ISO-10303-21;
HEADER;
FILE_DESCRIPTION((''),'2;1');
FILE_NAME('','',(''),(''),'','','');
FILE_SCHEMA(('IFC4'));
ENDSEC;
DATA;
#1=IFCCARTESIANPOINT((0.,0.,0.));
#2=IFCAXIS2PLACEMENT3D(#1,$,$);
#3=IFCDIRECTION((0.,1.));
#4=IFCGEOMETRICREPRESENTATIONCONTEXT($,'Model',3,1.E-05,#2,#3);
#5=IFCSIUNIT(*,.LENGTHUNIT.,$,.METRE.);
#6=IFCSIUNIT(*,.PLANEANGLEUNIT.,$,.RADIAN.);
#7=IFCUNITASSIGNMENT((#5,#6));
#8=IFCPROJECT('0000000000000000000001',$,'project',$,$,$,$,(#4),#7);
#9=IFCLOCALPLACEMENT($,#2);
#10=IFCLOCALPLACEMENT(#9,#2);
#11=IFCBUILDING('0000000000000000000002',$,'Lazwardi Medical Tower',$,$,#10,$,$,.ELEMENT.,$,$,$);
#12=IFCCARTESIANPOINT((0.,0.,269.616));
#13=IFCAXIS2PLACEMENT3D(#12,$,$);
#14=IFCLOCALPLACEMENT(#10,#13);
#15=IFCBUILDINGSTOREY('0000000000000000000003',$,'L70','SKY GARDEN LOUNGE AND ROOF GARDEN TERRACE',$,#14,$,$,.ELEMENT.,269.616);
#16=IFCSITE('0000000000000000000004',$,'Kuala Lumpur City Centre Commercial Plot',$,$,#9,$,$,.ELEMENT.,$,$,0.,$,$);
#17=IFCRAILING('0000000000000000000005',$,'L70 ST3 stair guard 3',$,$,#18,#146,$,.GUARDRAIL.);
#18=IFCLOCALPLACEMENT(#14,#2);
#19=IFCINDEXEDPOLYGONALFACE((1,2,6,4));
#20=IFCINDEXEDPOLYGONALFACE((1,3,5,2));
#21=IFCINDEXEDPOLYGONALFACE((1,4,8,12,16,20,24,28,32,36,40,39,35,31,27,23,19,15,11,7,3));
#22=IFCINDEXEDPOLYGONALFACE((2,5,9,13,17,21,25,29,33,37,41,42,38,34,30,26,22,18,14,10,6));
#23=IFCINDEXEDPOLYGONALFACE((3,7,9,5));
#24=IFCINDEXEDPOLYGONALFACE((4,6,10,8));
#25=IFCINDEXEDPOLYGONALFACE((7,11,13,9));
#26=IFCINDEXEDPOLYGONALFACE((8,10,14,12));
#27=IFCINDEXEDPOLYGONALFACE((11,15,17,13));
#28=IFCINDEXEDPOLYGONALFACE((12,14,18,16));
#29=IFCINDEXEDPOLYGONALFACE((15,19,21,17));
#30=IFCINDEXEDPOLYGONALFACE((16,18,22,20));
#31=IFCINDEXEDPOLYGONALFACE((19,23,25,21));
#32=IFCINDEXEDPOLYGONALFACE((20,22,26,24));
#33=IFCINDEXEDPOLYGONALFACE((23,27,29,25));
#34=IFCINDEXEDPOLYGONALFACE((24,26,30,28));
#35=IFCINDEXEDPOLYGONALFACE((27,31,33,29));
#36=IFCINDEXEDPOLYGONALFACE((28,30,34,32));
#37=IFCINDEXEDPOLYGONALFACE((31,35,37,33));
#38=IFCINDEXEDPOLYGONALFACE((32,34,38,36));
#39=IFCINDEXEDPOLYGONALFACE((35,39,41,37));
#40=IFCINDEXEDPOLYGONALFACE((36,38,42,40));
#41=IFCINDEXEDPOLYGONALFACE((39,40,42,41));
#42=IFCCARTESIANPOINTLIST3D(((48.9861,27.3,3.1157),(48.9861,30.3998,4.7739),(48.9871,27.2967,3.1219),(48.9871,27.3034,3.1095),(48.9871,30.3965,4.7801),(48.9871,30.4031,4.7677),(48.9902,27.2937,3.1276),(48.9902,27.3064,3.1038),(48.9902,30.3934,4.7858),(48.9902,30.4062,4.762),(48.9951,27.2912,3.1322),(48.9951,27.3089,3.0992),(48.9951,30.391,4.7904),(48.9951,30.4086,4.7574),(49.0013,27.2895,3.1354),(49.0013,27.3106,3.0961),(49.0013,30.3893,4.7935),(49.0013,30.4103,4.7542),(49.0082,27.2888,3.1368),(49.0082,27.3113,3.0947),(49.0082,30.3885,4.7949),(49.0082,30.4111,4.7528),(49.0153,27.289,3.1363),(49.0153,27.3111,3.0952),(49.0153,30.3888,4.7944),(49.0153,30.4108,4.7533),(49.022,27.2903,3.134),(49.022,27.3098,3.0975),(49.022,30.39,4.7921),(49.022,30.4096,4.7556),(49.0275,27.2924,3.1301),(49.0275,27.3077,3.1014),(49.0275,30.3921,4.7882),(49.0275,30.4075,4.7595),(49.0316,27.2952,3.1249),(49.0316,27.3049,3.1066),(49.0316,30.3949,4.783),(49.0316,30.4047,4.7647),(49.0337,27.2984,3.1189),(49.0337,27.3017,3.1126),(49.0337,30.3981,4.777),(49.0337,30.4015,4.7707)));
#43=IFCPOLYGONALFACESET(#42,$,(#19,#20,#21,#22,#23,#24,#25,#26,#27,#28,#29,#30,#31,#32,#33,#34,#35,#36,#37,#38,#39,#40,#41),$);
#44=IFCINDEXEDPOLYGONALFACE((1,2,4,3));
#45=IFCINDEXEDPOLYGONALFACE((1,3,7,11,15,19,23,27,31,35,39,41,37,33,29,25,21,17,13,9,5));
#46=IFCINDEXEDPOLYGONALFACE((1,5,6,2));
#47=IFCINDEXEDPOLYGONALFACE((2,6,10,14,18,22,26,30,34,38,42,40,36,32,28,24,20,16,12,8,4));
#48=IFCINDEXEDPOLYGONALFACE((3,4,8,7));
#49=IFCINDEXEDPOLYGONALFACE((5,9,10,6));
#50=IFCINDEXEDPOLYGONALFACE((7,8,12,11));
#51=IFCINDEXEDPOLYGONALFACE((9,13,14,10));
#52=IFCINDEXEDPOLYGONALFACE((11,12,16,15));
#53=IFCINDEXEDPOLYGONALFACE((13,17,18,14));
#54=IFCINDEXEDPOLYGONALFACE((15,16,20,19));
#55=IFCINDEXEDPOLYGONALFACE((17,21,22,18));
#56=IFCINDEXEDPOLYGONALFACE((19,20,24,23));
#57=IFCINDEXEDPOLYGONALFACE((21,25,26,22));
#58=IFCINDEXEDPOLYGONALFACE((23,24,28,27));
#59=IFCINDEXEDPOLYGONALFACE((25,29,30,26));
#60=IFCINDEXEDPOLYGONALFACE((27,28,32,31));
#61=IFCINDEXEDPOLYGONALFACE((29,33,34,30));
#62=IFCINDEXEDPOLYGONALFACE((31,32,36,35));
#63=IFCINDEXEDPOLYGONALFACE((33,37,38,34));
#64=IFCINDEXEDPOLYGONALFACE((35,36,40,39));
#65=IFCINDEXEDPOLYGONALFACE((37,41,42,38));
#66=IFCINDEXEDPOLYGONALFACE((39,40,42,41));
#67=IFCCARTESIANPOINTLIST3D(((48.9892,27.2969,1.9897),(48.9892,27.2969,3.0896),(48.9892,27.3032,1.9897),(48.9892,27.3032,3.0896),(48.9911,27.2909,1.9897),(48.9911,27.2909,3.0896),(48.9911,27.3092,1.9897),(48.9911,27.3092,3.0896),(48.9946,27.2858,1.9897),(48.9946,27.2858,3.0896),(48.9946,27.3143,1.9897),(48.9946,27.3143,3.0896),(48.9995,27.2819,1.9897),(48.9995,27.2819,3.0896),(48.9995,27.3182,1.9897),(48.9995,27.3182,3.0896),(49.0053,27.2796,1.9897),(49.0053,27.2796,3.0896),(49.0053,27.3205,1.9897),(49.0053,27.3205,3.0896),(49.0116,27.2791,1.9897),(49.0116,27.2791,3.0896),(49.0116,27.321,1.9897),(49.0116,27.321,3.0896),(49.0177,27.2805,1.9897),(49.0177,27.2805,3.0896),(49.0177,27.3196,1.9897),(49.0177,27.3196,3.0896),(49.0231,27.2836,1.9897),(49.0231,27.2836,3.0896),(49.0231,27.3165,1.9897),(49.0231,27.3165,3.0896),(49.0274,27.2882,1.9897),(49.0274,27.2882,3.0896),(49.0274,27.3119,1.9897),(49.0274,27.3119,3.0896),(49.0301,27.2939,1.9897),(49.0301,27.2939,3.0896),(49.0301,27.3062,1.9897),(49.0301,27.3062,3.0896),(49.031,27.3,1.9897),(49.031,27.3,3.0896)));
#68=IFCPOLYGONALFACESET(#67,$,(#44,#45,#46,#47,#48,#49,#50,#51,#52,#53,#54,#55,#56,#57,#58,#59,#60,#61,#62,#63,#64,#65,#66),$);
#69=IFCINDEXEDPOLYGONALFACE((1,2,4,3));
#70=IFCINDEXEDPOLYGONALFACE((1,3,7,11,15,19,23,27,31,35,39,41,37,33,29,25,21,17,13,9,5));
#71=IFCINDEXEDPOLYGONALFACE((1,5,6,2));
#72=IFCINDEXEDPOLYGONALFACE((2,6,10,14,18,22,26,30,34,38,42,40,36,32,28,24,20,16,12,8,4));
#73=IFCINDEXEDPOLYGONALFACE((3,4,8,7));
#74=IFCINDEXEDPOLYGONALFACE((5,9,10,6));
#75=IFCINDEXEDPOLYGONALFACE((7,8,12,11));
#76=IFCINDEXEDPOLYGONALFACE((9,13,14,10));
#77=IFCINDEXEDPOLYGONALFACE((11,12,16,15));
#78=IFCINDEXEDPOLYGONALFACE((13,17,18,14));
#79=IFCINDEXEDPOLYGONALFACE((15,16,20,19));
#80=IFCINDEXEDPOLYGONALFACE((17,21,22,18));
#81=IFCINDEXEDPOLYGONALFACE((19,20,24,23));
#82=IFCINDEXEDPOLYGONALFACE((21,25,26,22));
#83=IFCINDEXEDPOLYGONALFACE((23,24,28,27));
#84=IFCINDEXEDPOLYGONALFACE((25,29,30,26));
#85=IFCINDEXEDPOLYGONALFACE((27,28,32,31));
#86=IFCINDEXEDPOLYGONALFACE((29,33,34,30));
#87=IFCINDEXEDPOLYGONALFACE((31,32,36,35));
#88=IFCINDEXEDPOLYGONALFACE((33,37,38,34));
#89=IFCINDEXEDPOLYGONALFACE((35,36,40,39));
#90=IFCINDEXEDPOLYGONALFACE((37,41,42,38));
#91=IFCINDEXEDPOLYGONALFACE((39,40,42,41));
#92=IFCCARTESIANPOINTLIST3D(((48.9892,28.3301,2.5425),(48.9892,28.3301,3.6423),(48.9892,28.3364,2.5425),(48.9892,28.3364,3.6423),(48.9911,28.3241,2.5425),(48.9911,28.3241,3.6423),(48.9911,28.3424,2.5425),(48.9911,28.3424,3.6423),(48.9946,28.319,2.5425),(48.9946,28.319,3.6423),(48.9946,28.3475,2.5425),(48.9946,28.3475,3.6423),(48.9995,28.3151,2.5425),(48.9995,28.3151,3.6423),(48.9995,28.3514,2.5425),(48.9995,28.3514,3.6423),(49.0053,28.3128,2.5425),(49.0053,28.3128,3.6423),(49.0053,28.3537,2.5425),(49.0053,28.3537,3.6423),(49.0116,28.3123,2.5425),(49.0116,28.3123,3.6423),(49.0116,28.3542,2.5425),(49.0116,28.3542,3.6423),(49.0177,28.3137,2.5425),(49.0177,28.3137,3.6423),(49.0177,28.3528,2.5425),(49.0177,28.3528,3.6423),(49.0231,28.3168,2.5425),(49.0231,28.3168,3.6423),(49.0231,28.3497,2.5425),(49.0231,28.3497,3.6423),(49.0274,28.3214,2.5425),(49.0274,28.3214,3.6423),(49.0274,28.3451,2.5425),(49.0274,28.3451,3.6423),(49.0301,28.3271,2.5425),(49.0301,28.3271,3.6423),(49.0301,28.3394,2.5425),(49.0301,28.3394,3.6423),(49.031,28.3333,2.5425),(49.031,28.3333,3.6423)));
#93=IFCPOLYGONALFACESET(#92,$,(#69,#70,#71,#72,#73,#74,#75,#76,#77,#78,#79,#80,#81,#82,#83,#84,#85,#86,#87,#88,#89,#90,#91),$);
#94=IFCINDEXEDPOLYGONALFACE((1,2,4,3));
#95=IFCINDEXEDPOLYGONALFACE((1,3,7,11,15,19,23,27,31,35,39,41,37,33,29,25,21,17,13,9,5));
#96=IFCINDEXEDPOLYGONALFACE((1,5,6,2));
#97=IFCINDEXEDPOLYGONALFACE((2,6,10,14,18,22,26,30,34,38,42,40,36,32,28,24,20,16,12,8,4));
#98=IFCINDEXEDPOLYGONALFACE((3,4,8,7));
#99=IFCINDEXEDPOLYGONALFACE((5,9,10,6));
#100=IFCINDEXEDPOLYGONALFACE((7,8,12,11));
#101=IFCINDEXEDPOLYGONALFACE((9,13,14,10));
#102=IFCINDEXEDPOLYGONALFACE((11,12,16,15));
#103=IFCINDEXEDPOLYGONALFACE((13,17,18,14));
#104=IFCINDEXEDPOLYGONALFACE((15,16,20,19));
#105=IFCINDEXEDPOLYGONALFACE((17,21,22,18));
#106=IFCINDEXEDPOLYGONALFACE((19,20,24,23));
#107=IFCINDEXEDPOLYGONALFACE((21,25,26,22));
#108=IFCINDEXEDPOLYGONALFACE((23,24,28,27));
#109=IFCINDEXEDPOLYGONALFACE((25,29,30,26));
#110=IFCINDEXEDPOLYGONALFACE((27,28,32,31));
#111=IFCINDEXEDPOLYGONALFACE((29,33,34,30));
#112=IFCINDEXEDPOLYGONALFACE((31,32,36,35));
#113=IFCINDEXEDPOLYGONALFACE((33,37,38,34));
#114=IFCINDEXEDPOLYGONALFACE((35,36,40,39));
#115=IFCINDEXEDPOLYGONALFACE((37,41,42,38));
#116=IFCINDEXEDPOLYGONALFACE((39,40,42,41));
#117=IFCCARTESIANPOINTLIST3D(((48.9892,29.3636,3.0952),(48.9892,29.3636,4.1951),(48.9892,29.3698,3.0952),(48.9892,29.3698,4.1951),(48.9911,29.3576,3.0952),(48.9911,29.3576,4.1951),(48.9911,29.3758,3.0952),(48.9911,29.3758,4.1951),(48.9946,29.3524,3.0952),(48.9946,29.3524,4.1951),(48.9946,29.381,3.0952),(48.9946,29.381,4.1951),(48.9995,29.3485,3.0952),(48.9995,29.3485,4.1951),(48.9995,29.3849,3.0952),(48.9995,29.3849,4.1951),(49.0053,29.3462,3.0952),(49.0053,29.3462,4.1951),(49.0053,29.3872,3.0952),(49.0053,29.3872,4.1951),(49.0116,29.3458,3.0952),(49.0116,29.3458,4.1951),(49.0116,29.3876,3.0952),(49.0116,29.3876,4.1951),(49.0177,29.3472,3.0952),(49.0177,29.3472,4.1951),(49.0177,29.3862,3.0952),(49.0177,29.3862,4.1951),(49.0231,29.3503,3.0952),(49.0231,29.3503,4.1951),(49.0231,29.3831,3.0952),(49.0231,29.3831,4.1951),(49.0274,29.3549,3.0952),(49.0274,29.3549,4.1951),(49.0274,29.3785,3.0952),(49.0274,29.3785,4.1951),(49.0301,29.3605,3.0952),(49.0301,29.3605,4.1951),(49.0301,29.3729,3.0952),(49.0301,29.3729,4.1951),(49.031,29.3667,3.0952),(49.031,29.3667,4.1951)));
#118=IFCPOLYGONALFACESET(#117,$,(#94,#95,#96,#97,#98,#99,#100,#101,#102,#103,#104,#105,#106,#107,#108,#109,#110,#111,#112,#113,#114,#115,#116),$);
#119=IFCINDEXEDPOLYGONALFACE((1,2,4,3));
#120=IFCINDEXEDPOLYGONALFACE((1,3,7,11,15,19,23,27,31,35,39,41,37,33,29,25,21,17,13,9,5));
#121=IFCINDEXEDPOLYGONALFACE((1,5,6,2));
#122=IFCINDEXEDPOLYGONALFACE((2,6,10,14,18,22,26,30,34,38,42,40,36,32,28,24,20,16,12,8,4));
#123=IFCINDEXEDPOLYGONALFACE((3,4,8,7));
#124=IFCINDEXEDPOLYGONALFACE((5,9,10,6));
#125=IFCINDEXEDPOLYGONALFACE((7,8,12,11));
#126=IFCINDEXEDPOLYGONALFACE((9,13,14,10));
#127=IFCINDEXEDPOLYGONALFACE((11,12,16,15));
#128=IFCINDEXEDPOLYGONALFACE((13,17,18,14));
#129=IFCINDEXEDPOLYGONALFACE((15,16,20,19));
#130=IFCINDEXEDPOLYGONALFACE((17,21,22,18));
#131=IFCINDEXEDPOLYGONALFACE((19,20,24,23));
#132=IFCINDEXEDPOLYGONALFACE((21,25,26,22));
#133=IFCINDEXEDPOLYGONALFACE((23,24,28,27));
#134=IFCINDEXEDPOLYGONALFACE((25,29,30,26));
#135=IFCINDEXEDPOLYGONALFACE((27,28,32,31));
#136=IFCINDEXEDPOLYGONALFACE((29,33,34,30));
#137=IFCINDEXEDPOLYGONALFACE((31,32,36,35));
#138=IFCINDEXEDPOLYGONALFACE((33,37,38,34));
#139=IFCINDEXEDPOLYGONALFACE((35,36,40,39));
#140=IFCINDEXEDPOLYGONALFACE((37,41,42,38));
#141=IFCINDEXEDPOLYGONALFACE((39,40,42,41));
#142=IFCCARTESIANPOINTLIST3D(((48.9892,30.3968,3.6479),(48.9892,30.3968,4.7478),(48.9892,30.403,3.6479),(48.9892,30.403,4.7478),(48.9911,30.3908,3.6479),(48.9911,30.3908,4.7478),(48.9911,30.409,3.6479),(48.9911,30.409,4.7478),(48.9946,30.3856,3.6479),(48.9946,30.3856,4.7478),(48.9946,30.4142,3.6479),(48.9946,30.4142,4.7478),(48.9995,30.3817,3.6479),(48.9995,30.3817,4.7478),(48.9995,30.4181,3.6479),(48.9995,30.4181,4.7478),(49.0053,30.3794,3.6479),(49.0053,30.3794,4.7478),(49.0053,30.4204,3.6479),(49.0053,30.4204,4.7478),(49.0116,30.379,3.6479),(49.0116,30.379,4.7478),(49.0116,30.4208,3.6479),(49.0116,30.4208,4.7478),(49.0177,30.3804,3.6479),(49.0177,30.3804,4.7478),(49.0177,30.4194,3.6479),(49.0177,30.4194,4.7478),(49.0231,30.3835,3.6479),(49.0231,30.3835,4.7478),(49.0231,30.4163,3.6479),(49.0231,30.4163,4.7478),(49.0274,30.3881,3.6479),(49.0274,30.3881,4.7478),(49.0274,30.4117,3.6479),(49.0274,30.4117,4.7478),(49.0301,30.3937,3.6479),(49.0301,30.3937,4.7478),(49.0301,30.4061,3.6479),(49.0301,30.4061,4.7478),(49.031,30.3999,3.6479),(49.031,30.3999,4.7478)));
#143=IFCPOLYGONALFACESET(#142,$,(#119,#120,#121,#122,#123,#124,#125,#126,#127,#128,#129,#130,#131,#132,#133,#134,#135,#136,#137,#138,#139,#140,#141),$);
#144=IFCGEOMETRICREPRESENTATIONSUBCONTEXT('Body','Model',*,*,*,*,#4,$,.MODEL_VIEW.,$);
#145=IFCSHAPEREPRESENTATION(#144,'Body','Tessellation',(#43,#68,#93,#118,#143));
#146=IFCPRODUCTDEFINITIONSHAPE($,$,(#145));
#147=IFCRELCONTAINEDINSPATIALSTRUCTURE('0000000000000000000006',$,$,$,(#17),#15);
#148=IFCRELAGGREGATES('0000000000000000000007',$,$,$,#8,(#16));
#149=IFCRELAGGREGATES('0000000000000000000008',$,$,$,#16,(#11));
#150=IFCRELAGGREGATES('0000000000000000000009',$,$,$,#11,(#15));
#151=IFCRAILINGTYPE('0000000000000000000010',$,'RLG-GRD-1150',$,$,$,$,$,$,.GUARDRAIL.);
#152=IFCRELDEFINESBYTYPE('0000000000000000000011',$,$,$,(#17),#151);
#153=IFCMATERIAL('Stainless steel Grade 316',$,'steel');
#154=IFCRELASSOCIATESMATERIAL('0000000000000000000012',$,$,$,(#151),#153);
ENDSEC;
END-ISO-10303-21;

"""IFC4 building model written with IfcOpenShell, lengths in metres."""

from ifc_helpers import new_model, si_unit, direction, frame, origin, origin_2d, place, context, subcontext, project, spatial, circle, extrude, material, type_object, element, save


model = new_model("IFC4")

# Units and contexts
model_context = context("Model", 3, precision=1e-05, world=origin(), true_north=direction((0.0, 1.0)))
body_context = subcontext(model_context, "Body", "Model", "MODEL_VIEW")
ifc_project = project(units=[si_unit("LENGTHUNIT", "METRE"), si_unit("PLANEANGLEUNIT", "RADIAN")], contexts=[model_context])

# Site, building, storey
site_placement = place(None, origin())
site = spatial("IfcSite", under=ifc_project, at=site_placement, Name="Kuala Lumpur City Centre Commercial Plot", CompositionType="ELEMENT", RefElevation=0.0)
building_placement = place(site_placement, origin())
building = spatial("IfcBuilding", under=site, at=building_placement, Name="Lazwardi Medical Tower", CompositionType="ELEMENT")
storey_placement = place(building_placement, frame((0.0, 0.0, 269.616)))
storey = spatial("IfcBuildingStorey", under=building, at=storey_placement, Name="L70", Description="SKY GARDEN LOUNGE AND ROOF GARDEN TERRACE", CompositionType="ELEMENT", Elevation=269.616)

# Railing
ifc_material_1 = material(Name="Stainless steel Grade 316", Category="steel")
railing_type_1 = type_object("IfcRailingType", Name="RLG-GRD-1150", PredefinedType="GUARDRAIL", material=ifc_material_1)
railing_1_placement = place(storey_placement, frame((49.01, 27.3, 1.9897)))
element("IfcRailing", 1, at=railing_1_placement, inside=storey, type_object=railing_type_1, Name="L70 ST3 stair guard 3", PredefinedType="GUARDRAIL", context=body_context, shape_type="SweptSolid", body=[
    extrude(circle(Radius=0.0239, at=origin_2d()), frame((0.0, 0.0, 1.126), z_axis=(0.0, 0.881768, 0.471684), x_axis=(-1.0, 0.0, 0.0)), (0.0, 0.0, 1.0), 3.5154),
    extrude(circle(Radius=0.021, at=origin_2d()), origin(), (0.0, 0.0, 1.0), 1.0999),
    extrude(circle(Radius=0.021, at=origin_2d()), frame((0.0, 1.0332, 0.5527)), (0.0, 0.0, 1.0), 1.0999),
    extrude(circle(Radius=0.021, at=origin_2d()), frame((0.0, 2.0667, 1.1055)), (0.0, 0.0, 1.0), 1.0999),
    extrude(circle(Radius=0.021, at=origin_2d()), frame((0.0, 3.0999, 1.6582)), (0.0, 0.0, 1.0), 1.0999),
])

save(model, "model.ifc")
